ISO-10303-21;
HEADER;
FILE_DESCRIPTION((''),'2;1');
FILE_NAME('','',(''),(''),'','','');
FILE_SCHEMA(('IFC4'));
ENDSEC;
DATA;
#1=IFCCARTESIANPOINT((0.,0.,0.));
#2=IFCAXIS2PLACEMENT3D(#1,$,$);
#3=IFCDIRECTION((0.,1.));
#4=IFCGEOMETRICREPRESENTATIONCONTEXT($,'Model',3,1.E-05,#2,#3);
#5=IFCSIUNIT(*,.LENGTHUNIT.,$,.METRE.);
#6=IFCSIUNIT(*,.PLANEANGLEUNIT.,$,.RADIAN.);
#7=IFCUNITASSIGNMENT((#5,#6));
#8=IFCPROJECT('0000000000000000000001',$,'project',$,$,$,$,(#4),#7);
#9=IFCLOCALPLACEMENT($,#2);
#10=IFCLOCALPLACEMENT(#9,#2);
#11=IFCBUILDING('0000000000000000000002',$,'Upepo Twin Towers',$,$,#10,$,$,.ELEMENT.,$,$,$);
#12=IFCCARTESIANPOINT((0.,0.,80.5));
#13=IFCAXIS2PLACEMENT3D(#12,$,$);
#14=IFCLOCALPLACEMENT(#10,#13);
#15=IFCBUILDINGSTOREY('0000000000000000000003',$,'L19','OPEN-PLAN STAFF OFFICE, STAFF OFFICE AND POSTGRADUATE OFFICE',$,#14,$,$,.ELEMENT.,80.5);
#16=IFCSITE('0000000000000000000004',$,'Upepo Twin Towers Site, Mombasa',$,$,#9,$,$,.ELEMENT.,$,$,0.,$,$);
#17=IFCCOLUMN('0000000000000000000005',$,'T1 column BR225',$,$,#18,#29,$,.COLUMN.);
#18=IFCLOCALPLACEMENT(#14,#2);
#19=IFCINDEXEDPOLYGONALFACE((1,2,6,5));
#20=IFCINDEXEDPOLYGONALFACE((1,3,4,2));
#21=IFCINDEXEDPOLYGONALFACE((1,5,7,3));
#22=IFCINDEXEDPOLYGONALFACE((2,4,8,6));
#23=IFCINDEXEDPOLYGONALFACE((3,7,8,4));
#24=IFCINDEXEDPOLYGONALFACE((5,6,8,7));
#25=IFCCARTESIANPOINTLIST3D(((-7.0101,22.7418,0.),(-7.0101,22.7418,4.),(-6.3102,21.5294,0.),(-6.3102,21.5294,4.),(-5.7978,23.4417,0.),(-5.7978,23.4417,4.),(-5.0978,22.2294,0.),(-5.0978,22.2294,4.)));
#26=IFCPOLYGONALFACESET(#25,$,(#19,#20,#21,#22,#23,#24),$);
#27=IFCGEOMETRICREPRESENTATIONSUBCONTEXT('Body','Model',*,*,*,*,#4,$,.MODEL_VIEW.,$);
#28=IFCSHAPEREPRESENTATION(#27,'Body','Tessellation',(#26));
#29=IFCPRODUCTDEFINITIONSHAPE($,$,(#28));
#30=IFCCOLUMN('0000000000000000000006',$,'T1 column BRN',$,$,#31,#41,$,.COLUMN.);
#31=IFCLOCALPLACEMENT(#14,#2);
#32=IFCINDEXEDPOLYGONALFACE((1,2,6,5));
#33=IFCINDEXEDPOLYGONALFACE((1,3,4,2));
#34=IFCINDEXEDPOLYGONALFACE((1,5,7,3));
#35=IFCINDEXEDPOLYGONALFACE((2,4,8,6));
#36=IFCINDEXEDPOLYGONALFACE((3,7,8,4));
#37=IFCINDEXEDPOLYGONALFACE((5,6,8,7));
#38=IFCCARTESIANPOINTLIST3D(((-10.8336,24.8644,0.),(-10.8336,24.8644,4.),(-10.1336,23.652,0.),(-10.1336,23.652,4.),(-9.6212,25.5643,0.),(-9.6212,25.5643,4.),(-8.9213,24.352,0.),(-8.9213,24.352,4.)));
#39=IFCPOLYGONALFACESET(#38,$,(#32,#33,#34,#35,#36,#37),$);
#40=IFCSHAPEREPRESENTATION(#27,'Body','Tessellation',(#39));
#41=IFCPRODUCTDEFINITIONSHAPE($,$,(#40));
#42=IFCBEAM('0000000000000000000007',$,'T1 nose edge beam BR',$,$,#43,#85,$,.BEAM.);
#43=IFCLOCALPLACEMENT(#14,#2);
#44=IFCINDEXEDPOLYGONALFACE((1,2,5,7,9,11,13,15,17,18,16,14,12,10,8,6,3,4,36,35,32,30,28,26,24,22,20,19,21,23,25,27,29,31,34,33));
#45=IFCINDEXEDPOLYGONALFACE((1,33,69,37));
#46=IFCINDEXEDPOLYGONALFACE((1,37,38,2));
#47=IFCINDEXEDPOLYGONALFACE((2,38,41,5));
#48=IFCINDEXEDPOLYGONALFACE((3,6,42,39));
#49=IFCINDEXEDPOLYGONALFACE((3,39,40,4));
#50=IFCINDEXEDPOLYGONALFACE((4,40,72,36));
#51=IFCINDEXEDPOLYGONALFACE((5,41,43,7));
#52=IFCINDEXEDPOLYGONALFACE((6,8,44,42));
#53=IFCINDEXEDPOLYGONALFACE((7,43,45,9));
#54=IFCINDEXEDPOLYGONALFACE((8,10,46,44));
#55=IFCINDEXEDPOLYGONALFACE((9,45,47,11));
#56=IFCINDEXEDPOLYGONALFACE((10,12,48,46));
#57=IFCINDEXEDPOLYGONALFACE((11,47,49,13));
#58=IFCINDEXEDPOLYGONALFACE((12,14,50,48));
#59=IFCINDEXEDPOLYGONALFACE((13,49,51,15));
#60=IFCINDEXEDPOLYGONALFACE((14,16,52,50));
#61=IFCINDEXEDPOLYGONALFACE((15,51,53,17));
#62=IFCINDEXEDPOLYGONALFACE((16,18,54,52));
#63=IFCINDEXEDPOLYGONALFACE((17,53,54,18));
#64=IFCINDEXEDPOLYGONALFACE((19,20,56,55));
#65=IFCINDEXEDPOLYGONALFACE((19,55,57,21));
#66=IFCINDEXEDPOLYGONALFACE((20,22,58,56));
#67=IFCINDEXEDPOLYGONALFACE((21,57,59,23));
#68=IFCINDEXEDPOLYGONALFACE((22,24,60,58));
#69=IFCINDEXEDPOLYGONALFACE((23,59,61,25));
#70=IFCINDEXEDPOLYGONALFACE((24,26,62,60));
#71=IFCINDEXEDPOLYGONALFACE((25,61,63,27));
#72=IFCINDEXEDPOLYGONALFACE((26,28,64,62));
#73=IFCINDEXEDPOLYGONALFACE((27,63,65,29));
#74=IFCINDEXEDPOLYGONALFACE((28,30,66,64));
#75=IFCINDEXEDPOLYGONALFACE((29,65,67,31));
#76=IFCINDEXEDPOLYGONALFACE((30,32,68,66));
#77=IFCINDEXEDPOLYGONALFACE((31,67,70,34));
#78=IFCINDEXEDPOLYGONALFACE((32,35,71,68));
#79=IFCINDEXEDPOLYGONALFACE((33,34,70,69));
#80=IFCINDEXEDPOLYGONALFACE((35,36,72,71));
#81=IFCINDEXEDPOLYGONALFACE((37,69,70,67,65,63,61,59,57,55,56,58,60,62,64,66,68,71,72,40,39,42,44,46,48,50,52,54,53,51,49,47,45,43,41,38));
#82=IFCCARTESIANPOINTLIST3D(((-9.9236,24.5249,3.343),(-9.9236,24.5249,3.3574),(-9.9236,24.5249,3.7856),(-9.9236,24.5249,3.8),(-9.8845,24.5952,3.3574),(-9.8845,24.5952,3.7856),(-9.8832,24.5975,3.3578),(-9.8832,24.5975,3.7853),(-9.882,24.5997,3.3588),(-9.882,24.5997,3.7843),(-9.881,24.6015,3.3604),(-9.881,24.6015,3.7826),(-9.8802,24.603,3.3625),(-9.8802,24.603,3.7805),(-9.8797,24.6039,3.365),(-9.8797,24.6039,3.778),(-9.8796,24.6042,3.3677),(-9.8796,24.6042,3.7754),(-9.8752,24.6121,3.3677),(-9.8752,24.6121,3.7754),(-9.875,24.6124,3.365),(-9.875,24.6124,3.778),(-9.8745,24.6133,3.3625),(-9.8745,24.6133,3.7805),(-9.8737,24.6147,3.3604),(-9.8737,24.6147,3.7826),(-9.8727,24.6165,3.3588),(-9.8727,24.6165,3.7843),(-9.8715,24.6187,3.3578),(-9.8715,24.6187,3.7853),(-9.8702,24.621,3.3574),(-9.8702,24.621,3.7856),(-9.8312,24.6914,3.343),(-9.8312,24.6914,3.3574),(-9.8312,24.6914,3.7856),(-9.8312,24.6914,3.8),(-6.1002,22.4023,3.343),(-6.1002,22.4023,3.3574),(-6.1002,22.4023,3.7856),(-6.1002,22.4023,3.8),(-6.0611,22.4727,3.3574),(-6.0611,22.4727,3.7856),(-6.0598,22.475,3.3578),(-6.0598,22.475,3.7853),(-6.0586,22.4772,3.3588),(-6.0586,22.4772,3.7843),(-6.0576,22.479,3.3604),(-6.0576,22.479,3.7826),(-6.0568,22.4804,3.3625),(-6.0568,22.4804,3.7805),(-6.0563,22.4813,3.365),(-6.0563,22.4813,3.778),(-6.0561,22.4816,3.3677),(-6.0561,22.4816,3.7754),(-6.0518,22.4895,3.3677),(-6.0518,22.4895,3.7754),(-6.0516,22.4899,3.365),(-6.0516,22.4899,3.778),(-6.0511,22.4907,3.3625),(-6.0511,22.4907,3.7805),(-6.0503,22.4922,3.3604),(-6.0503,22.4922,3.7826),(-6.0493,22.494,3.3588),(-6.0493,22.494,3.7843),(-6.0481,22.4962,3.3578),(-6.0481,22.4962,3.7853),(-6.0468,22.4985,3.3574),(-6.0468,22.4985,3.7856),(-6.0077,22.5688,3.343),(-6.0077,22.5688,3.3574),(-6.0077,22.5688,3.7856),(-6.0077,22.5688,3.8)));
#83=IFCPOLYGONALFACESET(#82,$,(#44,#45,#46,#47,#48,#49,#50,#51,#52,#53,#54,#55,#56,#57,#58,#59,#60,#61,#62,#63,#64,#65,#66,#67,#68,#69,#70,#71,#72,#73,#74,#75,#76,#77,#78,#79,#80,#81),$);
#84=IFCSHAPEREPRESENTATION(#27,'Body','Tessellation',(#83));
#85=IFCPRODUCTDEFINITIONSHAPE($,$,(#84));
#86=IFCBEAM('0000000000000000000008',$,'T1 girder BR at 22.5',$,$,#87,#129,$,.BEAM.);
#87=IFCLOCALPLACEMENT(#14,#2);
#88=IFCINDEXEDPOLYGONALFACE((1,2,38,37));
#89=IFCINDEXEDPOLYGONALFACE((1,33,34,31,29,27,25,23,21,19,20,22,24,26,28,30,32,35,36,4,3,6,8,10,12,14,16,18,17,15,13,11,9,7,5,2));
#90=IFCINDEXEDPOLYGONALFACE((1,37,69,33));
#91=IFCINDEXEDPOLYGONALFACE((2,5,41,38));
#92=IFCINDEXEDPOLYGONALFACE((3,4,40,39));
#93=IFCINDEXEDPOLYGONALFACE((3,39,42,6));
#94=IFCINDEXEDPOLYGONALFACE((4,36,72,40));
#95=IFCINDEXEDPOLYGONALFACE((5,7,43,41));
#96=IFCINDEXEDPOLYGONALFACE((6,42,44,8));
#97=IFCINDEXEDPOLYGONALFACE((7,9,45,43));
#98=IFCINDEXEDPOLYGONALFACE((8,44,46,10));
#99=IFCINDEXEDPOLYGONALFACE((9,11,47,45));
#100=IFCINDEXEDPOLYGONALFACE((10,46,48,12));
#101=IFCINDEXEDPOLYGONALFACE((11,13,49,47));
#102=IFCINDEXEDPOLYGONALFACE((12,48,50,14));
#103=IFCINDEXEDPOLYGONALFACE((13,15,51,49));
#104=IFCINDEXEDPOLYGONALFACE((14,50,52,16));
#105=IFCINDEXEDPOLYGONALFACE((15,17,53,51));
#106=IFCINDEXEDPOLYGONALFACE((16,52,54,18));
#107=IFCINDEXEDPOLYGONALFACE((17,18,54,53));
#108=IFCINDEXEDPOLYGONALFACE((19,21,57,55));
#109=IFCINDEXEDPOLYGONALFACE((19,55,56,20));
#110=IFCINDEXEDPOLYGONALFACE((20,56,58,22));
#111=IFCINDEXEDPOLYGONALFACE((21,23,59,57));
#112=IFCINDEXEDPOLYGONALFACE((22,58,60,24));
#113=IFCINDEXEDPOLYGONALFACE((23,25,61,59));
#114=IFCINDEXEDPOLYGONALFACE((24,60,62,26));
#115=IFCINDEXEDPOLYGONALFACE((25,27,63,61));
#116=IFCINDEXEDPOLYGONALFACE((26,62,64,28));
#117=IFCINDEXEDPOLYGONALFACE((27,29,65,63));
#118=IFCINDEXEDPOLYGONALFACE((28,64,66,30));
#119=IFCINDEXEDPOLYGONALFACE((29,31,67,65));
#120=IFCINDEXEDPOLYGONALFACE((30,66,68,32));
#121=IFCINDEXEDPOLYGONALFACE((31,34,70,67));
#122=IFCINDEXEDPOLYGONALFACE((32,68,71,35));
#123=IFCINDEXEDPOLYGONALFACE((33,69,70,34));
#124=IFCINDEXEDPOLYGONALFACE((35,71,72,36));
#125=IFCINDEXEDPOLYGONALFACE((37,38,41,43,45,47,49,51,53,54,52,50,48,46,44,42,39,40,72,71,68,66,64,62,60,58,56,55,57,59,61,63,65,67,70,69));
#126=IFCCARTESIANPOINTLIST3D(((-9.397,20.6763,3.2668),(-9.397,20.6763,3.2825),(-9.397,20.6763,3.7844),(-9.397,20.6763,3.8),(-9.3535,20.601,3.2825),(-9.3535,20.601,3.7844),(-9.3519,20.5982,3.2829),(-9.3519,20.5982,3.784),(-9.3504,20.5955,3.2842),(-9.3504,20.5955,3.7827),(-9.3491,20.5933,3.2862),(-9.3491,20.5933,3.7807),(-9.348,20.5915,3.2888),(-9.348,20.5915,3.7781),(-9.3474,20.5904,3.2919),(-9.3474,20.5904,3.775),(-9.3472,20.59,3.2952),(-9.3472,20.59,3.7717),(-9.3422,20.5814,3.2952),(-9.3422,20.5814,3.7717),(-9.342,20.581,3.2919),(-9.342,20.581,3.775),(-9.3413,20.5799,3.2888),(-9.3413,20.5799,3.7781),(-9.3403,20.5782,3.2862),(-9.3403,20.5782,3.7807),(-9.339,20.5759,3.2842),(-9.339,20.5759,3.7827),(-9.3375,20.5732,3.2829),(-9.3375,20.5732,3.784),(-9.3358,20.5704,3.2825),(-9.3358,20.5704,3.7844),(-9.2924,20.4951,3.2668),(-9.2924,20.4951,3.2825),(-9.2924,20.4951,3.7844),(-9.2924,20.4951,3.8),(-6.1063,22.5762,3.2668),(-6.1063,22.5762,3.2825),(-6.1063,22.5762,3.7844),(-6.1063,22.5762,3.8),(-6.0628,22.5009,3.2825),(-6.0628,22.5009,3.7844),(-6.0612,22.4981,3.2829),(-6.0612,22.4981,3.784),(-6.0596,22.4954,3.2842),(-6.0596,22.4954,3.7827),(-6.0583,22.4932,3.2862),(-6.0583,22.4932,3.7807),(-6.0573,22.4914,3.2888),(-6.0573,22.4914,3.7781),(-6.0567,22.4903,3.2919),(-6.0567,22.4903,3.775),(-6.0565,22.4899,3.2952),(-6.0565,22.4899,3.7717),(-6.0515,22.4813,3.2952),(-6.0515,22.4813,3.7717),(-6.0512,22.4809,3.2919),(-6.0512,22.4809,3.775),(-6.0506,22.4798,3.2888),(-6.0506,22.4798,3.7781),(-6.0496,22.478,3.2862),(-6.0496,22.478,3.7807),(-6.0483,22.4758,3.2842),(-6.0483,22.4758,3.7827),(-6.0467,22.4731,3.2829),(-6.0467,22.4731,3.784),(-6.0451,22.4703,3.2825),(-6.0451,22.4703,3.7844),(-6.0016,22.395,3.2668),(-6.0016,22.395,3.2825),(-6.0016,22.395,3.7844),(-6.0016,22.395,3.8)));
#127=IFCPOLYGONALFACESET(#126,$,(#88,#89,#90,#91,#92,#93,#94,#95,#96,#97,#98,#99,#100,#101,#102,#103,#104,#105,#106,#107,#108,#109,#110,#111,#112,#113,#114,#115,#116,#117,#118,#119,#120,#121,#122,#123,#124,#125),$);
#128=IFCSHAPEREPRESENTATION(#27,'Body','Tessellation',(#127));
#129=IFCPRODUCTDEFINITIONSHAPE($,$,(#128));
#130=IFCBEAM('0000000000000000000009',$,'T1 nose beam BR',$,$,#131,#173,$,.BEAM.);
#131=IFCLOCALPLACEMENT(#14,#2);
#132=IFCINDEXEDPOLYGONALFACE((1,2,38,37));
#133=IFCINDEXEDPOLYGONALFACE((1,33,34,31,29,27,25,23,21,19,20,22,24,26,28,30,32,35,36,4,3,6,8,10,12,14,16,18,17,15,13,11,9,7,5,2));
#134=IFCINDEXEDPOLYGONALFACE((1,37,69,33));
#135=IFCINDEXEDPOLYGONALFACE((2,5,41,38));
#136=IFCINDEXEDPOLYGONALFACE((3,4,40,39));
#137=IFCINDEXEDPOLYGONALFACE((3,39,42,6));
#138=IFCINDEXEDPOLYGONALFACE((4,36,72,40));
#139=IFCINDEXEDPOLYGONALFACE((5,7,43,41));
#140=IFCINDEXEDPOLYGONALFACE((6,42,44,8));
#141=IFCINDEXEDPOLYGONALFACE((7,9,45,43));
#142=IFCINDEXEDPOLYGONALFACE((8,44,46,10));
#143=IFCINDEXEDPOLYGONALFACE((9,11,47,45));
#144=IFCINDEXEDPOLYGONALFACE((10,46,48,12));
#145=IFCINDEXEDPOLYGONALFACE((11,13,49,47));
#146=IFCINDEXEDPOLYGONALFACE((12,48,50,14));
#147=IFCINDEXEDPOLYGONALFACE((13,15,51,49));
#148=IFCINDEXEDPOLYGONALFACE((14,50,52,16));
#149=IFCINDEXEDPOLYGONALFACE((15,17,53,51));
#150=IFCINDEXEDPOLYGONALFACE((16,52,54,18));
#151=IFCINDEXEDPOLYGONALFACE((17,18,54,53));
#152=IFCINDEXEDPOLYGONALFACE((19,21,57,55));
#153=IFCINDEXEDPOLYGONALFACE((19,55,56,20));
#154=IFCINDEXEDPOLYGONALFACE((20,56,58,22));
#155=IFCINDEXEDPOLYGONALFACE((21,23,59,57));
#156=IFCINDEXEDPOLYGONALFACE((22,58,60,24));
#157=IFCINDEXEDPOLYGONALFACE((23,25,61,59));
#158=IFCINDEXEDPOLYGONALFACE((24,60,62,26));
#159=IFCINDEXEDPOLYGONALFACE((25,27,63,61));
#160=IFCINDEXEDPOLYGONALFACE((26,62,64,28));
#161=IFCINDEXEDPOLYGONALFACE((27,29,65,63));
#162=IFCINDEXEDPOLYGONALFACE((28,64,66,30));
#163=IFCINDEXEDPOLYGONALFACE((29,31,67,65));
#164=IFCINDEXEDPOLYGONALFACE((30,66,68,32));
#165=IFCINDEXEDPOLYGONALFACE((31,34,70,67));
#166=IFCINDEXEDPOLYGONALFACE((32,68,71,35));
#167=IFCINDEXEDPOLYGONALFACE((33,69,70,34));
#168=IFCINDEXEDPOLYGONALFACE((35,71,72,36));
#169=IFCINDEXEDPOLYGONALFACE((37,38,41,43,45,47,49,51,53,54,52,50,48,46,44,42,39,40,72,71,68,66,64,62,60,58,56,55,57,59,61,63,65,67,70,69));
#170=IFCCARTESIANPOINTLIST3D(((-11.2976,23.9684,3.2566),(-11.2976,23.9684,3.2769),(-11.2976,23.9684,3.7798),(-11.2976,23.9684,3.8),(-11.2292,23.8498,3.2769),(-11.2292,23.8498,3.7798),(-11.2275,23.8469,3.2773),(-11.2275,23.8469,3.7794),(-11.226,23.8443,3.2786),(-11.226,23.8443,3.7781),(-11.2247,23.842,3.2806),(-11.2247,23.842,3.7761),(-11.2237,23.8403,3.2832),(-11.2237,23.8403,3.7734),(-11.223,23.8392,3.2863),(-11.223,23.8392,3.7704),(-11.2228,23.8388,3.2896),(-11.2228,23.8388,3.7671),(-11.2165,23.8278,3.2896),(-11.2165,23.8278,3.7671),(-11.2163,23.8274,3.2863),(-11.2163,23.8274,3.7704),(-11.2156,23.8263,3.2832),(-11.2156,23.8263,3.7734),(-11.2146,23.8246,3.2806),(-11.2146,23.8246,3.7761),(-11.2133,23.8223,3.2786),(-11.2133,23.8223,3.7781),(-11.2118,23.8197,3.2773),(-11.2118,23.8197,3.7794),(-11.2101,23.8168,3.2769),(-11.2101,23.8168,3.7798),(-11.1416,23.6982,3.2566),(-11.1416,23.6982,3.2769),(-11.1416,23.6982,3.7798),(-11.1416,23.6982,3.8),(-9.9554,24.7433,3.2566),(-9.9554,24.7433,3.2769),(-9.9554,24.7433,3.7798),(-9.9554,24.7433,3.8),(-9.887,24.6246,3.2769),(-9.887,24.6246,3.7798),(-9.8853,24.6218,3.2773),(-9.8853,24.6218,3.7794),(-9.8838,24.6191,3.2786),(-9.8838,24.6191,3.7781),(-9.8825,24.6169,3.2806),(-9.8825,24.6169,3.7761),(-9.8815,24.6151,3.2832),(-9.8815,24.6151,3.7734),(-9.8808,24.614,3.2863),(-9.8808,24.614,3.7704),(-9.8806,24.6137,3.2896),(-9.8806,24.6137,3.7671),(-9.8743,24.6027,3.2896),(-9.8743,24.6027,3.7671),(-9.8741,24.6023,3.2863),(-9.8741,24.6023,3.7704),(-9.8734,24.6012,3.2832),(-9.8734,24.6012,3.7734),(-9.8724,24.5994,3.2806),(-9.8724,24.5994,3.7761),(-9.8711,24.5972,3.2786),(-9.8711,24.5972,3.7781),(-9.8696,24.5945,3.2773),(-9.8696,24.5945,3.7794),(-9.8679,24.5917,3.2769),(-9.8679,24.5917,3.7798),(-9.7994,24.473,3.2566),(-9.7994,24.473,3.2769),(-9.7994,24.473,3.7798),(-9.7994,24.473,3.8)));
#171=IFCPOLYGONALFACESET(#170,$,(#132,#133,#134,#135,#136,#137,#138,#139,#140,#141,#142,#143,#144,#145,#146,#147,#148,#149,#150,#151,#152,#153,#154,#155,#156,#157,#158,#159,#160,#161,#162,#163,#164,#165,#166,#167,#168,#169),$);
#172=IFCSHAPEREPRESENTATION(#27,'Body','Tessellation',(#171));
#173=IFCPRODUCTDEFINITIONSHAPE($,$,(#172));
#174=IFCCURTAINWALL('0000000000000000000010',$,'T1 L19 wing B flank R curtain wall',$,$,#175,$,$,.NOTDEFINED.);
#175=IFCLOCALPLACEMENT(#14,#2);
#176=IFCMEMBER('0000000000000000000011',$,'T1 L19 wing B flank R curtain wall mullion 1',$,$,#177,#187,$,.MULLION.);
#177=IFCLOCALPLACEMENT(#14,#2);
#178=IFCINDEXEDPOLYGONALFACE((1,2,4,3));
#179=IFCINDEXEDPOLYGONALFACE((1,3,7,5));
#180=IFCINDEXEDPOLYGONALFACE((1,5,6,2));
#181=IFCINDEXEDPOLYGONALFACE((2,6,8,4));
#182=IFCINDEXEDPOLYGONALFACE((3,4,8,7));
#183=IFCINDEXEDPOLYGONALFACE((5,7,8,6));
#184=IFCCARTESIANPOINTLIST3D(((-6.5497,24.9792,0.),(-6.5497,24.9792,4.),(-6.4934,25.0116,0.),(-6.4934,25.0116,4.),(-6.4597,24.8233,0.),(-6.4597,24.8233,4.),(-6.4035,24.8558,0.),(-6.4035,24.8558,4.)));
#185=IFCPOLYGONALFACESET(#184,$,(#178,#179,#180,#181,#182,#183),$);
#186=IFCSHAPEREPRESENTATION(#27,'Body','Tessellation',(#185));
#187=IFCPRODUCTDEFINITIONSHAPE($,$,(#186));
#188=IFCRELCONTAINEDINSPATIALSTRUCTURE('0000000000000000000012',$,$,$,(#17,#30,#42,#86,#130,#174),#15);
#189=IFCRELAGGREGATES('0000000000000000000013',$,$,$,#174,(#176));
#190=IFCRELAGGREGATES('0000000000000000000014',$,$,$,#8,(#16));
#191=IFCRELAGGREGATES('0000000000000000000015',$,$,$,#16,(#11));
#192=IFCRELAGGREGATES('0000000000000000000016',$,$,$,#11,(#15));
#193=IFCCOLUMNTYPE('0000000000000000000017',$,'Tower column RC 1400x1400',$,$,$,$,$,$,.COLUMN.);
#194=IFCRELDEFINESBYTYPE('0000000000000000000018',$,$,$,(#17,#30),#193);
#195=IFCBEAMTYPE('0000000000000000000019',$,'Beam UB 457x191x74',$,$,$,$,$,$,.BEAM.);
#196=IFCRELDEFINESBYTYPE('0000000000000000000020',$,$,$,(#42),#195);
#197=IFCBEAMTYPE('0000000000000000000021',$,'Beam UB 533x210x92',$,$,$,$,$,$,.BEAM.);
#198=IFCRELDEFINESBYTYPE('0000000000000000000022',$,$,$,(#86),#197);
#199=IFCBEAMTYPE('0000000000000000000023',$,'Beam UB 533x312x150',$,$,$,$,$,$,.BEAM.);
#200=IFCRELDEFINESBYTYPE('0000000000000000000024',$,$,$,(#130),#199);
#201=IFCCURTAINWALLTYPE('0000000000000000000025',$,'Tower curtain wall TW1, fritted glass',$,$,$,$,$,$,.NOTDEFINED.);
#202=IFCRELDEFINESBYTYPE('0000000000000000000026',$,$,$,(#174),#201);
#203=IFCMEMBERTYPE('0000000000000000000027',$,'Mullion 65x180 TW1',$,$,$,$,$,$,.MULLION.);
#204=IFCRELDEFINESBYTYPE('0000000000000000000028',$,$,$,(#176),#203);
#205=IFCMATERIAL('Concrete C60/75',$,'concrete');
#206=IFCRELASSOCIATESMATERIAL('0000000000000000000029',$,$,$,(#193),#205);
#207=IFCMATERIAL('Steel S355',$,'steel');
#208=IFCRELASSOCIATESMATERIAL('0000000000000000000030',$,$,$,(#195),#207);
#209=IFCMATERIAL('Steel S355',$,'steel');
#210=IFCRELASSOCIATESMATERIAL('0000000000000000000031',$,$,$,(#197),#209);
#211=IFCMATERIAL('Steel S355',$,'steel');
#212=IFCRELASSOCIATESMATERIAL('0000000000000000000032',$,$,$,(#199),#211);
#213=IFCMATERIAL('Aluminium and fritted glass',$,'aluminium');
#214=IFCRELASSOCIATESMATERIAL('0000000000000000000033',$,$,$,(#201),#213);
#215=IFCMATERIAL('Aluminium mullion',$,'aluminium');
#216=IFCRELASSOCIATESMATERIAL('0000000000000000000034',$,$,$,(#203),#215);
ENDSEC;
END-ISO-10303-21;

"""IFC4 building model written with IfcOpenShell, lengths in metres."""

from ifc_helpers import new_model, si_unit, direction, frame, origin, origin_2d, place, context, subcontext, project, spatial, rectangle, i_section, extrude, material, material_profile, profile_set, type_object, element, aggregate, save


model = new_model("IFC4")

# Units and contexts
model_context = context("Model", 3, precision=1e-05, world=origin(), true_north=direction((0.0, 1.0)))
body_context = subcontext(model_context, "Body", "Model", "MODEL_VIEW")
ifc_project = project(units=[si_unit("LENGTHUNIT", "METRE"), si_unit("PLANEANGLEUNIT", "RADIAN")], contexts=[model_context])

# Site, building, storey
site_placement = place(None, origin())
site = spatial("IfcSite", under=ifc_project, at=site_placement, Name="Upepo Twin Towers Site, Mombasa", CompositionType="ELEMENT", RefElevation=0.0)
building_placement = place(site_placement, origin())
building = spatial("IfcBuilding", under=site, at=building_placement, Name="Upepo Twin Towers", CompositionType="ELEMENT")
storey_placement = place(building_placement, frame((0.0, 0.0, 80.5)))
storey = spatial("IfcBuildingStorey", under=building, at=storey_placement, Name="L19", Description="OPEN-PLAN STAFF OFFICE, STAFF OFFICE AND POSTGRADUATE OFFICE", CompositionType="ELEMENT", Elevation=80.5)

# Columns
ifc_material_1 = material(Name="Concrete C60/75", Category="concrete")
ifc_material_profile_1 = material_profile(ifc_material_1, rectangle(XDim=1.3999, YDim=1.3999, at=origin_2d()), Name="RC 1400x1400")
ifc_profile_set_1 = profile_set([ifc_material_profile_1], Name="Concrete C60/75")
column_type = type_object("IfcColumnType", Name="Tower column RC 1400x1400", PredefinedType="COLUMN", material=ifc_profile_set_1)
for number, where, z_axis, x_axis, name in (
    (1, (-6.054, 22.4856, 0.0), (0.0, 0.0, 1.0), (0.866025, 0.5, 0.0), "T1 column BR225"),
    (2, (-9.8774, 24.6082, 0.0), (0.0, 0.0, 1.0), (0.866025, 0.5, 0.0), "T1 column BRN"),
):
    element("IfcColumn", number, at=place(storey_placement, frame(where, z_axis=z_axis, x_axis=x_axis)), inside=storey, type_object=column_type, Name=name, PredefinedType="COLUMN", context=body_context, shape_type="SweptSolid", body=[
        extrude(rectangle(XDim=1.3999, YDim=1.3999, at=origin_2d()), origin(), (0.0, 0.0, 1.0), 4.0),
    ])

# Beams
ifc_material_2 = material(Name="Steel S355", Category="steel")
ifc_material_profile_2 = material_profile(ifc_material_2, i_section(OverallWidth=0.1904, OverallDepth=0.457, WebThickness=0.009, FlangeThickness=0.0144, FilletRadius=0.0103, at=origin_2d()), Name="UB 457x191x74")
ifc_profile_set_2 = profile_set([ifc_material_profile_2], Name="Steel S355")
beam_type_1 = type_object("IfcBeamType", Name="Beam UB 457x191x74", PredefinedType="BEAM", material=ifc_profile_set_2)
beam_1_placement = place(storey_placement, frame((-6.054, 22.4856, 3.5715), z_axis=(-0.874313, 0.485363, 0.0), x_axis=(-0.485363, -0.874313, 0.0)))
element("IfcBeam", 3, at=beam_1_placement, inside=storey, type_object=beam_type_1, Name="T1 nose edge beam BR", PredefinedType="BEAM", context=body_context, shape_type="SweptSolid", body=[
    extrude(i_section(OverallWidth=0.1904, OverallDepth=0.457, WebThickness=0.009, FlangeThickness=0.0144, FilletRadius=0.0103, at=origin_2d()), origin(), (0.0, 0.0, 1.0), 4.373),
])
ifc_material_3 = material(Name="Steel S355", Category="steel")
ifc_material_profile_3 = material_profile(ifc_material_3, i_section(OverallWidth=0.2092, OverallDepth=0.5332, WebThickness=0.01, FlangeThickness=0.0156, FilletRadius=0.0127, at=origin_2d()), Name="UB 533x210x92")
ifc_profile_set_3 = profile_set([ifc_material_profile_3], Name="Steel S355")
beam_type_2 = type_object("IfcBeamType", Name="Beam UB 533x210x92", PredefinedType="BEAM", material=ifc_profile_set_3)
beam_2_placement = place(storey_placement, frame((-6.054, 22.4856, 3.5334), z_axis=(-0.866028, -0.499995, 0.0), x_axis=(0.499995, -0.866028, 0.0)))
element("IfcBeam", 4, at=beam_2_placement, inside=storey, type_object=beam_type_2, Name="T1 girder BR at 22.5", PredefinedType="BEAM", context=body_context, shape_type="SweptSolid", body=[
    extrude(i_section(OverallWidth=0.2092, OverallDepth=0.5332, WebThickness=0.01, FlangeThickness=0.0156, FilletRadius=0.0127, at=origin_2d()), origin(), (0.0, 0.0, 1.0), 3.7998),
])
ifc_material_4 = material(Name="Steel S355", Category="steel")
ifc_material_profile_4 = material_profile(ifc_material_4, i_section(OverallWidth=0.312, OverallDepth=0.5435, WebThickness=0.0127, FlangeThickness=0.0203, FilletRadius=0.0127, at=origin_2d()), Name="UB 533x312x150")
ifc_profile_set_4 = profile_set([ifc_material_profile_4], Name="Steel S355")
beam_type_3 = type_object("IfcBeamType", Name="Beam UB 533x312x150", PredefinedType="BEAM", material=ifc_profile_set_4)
beam_3_placement = place(storey_placement, frame((-9.8774, 24.6082, 3.5283), z_axis=(-0.866044, -0.499968, 0.0), x_axis=(0.499968, -0.866044, 0.0)))
element("IfcBeam", 5, at=beam_3_placement, inside=storey, type_object=beam_type_3, Name="T1 nose beam BR", PredefinedType="BEAM", context=body_context, shape_type="SweptSolid", body=[
    extrude(i_section(OverallWidth=0.312, OverallDepth=0.5435, WebThickness=0.0127, FlangeThickness=0.0203, FilletRadius=0.0127, at=origin_2d()), origin(), (0.0, 0.0, 1.0), 1.5498),
])

# Curtain wall, member
ifc_material_5 = material(Name="Aluminium and fritted glass", Category="aluminium")
curtain_wall_type = type_object("IfcCurtainWallType", Name="Tower curtain wall TW1, fritted glass", PredefinedType="NOTDEFINED", material=ifc_material_5)
curtain_wall_1_placement = place(storey_placement, origin())
curtain_wall_1 = element("IfcCurtainWall", 6, at=curtain_wall_1_placement, inside=storey, type_object=curtain_wall_type, Name="T1 L19 wing B flank R curtain wall", PredefinedType="NOTDEFINED")
ifc_material_6 = material(Name="Aluminium mullion", Category="aluminium")
ifc_material_profile_5 = material_profile(ifc_material_6, rectangle(XDim=0.0649, YDim=0.1799, at=origin_2d()), Name="MULLION 65x180")
ifc_profile_set_5 = profile_set([ifc_material_profile_5], Name="Aluminium mullion")
member_type_1 = type_object("IfcMemberType", Name="Mullion 65x180 TW1", PredefinedType="MULLION", material=ifc_profile_set_5)
member_1_placement = place(storey_placement, frame((-6.4766, 24.9175, 0.0), z_axis=(0.0, 0.0, 1.0), x_axis=(0.866025, 0.5, 0.0)))
member_1 = element("IfcMember", 7, at=member_1_placement, type_object=member_type_1, Name="T1 L19 wing B flank R curtain wall mullion 1", PredefinedType="MULLION", context=body_context, shape_type="SweptSolid", body=[
    extrude(rectangle(XDim=0.0649, YDim=0.1799, at=origin_2d()), origin(), (0.0, 0.0, 1.0), 4.0),
])

aggregate(curtain_wall_1, [member_1])

save(model, "model.ifc")
